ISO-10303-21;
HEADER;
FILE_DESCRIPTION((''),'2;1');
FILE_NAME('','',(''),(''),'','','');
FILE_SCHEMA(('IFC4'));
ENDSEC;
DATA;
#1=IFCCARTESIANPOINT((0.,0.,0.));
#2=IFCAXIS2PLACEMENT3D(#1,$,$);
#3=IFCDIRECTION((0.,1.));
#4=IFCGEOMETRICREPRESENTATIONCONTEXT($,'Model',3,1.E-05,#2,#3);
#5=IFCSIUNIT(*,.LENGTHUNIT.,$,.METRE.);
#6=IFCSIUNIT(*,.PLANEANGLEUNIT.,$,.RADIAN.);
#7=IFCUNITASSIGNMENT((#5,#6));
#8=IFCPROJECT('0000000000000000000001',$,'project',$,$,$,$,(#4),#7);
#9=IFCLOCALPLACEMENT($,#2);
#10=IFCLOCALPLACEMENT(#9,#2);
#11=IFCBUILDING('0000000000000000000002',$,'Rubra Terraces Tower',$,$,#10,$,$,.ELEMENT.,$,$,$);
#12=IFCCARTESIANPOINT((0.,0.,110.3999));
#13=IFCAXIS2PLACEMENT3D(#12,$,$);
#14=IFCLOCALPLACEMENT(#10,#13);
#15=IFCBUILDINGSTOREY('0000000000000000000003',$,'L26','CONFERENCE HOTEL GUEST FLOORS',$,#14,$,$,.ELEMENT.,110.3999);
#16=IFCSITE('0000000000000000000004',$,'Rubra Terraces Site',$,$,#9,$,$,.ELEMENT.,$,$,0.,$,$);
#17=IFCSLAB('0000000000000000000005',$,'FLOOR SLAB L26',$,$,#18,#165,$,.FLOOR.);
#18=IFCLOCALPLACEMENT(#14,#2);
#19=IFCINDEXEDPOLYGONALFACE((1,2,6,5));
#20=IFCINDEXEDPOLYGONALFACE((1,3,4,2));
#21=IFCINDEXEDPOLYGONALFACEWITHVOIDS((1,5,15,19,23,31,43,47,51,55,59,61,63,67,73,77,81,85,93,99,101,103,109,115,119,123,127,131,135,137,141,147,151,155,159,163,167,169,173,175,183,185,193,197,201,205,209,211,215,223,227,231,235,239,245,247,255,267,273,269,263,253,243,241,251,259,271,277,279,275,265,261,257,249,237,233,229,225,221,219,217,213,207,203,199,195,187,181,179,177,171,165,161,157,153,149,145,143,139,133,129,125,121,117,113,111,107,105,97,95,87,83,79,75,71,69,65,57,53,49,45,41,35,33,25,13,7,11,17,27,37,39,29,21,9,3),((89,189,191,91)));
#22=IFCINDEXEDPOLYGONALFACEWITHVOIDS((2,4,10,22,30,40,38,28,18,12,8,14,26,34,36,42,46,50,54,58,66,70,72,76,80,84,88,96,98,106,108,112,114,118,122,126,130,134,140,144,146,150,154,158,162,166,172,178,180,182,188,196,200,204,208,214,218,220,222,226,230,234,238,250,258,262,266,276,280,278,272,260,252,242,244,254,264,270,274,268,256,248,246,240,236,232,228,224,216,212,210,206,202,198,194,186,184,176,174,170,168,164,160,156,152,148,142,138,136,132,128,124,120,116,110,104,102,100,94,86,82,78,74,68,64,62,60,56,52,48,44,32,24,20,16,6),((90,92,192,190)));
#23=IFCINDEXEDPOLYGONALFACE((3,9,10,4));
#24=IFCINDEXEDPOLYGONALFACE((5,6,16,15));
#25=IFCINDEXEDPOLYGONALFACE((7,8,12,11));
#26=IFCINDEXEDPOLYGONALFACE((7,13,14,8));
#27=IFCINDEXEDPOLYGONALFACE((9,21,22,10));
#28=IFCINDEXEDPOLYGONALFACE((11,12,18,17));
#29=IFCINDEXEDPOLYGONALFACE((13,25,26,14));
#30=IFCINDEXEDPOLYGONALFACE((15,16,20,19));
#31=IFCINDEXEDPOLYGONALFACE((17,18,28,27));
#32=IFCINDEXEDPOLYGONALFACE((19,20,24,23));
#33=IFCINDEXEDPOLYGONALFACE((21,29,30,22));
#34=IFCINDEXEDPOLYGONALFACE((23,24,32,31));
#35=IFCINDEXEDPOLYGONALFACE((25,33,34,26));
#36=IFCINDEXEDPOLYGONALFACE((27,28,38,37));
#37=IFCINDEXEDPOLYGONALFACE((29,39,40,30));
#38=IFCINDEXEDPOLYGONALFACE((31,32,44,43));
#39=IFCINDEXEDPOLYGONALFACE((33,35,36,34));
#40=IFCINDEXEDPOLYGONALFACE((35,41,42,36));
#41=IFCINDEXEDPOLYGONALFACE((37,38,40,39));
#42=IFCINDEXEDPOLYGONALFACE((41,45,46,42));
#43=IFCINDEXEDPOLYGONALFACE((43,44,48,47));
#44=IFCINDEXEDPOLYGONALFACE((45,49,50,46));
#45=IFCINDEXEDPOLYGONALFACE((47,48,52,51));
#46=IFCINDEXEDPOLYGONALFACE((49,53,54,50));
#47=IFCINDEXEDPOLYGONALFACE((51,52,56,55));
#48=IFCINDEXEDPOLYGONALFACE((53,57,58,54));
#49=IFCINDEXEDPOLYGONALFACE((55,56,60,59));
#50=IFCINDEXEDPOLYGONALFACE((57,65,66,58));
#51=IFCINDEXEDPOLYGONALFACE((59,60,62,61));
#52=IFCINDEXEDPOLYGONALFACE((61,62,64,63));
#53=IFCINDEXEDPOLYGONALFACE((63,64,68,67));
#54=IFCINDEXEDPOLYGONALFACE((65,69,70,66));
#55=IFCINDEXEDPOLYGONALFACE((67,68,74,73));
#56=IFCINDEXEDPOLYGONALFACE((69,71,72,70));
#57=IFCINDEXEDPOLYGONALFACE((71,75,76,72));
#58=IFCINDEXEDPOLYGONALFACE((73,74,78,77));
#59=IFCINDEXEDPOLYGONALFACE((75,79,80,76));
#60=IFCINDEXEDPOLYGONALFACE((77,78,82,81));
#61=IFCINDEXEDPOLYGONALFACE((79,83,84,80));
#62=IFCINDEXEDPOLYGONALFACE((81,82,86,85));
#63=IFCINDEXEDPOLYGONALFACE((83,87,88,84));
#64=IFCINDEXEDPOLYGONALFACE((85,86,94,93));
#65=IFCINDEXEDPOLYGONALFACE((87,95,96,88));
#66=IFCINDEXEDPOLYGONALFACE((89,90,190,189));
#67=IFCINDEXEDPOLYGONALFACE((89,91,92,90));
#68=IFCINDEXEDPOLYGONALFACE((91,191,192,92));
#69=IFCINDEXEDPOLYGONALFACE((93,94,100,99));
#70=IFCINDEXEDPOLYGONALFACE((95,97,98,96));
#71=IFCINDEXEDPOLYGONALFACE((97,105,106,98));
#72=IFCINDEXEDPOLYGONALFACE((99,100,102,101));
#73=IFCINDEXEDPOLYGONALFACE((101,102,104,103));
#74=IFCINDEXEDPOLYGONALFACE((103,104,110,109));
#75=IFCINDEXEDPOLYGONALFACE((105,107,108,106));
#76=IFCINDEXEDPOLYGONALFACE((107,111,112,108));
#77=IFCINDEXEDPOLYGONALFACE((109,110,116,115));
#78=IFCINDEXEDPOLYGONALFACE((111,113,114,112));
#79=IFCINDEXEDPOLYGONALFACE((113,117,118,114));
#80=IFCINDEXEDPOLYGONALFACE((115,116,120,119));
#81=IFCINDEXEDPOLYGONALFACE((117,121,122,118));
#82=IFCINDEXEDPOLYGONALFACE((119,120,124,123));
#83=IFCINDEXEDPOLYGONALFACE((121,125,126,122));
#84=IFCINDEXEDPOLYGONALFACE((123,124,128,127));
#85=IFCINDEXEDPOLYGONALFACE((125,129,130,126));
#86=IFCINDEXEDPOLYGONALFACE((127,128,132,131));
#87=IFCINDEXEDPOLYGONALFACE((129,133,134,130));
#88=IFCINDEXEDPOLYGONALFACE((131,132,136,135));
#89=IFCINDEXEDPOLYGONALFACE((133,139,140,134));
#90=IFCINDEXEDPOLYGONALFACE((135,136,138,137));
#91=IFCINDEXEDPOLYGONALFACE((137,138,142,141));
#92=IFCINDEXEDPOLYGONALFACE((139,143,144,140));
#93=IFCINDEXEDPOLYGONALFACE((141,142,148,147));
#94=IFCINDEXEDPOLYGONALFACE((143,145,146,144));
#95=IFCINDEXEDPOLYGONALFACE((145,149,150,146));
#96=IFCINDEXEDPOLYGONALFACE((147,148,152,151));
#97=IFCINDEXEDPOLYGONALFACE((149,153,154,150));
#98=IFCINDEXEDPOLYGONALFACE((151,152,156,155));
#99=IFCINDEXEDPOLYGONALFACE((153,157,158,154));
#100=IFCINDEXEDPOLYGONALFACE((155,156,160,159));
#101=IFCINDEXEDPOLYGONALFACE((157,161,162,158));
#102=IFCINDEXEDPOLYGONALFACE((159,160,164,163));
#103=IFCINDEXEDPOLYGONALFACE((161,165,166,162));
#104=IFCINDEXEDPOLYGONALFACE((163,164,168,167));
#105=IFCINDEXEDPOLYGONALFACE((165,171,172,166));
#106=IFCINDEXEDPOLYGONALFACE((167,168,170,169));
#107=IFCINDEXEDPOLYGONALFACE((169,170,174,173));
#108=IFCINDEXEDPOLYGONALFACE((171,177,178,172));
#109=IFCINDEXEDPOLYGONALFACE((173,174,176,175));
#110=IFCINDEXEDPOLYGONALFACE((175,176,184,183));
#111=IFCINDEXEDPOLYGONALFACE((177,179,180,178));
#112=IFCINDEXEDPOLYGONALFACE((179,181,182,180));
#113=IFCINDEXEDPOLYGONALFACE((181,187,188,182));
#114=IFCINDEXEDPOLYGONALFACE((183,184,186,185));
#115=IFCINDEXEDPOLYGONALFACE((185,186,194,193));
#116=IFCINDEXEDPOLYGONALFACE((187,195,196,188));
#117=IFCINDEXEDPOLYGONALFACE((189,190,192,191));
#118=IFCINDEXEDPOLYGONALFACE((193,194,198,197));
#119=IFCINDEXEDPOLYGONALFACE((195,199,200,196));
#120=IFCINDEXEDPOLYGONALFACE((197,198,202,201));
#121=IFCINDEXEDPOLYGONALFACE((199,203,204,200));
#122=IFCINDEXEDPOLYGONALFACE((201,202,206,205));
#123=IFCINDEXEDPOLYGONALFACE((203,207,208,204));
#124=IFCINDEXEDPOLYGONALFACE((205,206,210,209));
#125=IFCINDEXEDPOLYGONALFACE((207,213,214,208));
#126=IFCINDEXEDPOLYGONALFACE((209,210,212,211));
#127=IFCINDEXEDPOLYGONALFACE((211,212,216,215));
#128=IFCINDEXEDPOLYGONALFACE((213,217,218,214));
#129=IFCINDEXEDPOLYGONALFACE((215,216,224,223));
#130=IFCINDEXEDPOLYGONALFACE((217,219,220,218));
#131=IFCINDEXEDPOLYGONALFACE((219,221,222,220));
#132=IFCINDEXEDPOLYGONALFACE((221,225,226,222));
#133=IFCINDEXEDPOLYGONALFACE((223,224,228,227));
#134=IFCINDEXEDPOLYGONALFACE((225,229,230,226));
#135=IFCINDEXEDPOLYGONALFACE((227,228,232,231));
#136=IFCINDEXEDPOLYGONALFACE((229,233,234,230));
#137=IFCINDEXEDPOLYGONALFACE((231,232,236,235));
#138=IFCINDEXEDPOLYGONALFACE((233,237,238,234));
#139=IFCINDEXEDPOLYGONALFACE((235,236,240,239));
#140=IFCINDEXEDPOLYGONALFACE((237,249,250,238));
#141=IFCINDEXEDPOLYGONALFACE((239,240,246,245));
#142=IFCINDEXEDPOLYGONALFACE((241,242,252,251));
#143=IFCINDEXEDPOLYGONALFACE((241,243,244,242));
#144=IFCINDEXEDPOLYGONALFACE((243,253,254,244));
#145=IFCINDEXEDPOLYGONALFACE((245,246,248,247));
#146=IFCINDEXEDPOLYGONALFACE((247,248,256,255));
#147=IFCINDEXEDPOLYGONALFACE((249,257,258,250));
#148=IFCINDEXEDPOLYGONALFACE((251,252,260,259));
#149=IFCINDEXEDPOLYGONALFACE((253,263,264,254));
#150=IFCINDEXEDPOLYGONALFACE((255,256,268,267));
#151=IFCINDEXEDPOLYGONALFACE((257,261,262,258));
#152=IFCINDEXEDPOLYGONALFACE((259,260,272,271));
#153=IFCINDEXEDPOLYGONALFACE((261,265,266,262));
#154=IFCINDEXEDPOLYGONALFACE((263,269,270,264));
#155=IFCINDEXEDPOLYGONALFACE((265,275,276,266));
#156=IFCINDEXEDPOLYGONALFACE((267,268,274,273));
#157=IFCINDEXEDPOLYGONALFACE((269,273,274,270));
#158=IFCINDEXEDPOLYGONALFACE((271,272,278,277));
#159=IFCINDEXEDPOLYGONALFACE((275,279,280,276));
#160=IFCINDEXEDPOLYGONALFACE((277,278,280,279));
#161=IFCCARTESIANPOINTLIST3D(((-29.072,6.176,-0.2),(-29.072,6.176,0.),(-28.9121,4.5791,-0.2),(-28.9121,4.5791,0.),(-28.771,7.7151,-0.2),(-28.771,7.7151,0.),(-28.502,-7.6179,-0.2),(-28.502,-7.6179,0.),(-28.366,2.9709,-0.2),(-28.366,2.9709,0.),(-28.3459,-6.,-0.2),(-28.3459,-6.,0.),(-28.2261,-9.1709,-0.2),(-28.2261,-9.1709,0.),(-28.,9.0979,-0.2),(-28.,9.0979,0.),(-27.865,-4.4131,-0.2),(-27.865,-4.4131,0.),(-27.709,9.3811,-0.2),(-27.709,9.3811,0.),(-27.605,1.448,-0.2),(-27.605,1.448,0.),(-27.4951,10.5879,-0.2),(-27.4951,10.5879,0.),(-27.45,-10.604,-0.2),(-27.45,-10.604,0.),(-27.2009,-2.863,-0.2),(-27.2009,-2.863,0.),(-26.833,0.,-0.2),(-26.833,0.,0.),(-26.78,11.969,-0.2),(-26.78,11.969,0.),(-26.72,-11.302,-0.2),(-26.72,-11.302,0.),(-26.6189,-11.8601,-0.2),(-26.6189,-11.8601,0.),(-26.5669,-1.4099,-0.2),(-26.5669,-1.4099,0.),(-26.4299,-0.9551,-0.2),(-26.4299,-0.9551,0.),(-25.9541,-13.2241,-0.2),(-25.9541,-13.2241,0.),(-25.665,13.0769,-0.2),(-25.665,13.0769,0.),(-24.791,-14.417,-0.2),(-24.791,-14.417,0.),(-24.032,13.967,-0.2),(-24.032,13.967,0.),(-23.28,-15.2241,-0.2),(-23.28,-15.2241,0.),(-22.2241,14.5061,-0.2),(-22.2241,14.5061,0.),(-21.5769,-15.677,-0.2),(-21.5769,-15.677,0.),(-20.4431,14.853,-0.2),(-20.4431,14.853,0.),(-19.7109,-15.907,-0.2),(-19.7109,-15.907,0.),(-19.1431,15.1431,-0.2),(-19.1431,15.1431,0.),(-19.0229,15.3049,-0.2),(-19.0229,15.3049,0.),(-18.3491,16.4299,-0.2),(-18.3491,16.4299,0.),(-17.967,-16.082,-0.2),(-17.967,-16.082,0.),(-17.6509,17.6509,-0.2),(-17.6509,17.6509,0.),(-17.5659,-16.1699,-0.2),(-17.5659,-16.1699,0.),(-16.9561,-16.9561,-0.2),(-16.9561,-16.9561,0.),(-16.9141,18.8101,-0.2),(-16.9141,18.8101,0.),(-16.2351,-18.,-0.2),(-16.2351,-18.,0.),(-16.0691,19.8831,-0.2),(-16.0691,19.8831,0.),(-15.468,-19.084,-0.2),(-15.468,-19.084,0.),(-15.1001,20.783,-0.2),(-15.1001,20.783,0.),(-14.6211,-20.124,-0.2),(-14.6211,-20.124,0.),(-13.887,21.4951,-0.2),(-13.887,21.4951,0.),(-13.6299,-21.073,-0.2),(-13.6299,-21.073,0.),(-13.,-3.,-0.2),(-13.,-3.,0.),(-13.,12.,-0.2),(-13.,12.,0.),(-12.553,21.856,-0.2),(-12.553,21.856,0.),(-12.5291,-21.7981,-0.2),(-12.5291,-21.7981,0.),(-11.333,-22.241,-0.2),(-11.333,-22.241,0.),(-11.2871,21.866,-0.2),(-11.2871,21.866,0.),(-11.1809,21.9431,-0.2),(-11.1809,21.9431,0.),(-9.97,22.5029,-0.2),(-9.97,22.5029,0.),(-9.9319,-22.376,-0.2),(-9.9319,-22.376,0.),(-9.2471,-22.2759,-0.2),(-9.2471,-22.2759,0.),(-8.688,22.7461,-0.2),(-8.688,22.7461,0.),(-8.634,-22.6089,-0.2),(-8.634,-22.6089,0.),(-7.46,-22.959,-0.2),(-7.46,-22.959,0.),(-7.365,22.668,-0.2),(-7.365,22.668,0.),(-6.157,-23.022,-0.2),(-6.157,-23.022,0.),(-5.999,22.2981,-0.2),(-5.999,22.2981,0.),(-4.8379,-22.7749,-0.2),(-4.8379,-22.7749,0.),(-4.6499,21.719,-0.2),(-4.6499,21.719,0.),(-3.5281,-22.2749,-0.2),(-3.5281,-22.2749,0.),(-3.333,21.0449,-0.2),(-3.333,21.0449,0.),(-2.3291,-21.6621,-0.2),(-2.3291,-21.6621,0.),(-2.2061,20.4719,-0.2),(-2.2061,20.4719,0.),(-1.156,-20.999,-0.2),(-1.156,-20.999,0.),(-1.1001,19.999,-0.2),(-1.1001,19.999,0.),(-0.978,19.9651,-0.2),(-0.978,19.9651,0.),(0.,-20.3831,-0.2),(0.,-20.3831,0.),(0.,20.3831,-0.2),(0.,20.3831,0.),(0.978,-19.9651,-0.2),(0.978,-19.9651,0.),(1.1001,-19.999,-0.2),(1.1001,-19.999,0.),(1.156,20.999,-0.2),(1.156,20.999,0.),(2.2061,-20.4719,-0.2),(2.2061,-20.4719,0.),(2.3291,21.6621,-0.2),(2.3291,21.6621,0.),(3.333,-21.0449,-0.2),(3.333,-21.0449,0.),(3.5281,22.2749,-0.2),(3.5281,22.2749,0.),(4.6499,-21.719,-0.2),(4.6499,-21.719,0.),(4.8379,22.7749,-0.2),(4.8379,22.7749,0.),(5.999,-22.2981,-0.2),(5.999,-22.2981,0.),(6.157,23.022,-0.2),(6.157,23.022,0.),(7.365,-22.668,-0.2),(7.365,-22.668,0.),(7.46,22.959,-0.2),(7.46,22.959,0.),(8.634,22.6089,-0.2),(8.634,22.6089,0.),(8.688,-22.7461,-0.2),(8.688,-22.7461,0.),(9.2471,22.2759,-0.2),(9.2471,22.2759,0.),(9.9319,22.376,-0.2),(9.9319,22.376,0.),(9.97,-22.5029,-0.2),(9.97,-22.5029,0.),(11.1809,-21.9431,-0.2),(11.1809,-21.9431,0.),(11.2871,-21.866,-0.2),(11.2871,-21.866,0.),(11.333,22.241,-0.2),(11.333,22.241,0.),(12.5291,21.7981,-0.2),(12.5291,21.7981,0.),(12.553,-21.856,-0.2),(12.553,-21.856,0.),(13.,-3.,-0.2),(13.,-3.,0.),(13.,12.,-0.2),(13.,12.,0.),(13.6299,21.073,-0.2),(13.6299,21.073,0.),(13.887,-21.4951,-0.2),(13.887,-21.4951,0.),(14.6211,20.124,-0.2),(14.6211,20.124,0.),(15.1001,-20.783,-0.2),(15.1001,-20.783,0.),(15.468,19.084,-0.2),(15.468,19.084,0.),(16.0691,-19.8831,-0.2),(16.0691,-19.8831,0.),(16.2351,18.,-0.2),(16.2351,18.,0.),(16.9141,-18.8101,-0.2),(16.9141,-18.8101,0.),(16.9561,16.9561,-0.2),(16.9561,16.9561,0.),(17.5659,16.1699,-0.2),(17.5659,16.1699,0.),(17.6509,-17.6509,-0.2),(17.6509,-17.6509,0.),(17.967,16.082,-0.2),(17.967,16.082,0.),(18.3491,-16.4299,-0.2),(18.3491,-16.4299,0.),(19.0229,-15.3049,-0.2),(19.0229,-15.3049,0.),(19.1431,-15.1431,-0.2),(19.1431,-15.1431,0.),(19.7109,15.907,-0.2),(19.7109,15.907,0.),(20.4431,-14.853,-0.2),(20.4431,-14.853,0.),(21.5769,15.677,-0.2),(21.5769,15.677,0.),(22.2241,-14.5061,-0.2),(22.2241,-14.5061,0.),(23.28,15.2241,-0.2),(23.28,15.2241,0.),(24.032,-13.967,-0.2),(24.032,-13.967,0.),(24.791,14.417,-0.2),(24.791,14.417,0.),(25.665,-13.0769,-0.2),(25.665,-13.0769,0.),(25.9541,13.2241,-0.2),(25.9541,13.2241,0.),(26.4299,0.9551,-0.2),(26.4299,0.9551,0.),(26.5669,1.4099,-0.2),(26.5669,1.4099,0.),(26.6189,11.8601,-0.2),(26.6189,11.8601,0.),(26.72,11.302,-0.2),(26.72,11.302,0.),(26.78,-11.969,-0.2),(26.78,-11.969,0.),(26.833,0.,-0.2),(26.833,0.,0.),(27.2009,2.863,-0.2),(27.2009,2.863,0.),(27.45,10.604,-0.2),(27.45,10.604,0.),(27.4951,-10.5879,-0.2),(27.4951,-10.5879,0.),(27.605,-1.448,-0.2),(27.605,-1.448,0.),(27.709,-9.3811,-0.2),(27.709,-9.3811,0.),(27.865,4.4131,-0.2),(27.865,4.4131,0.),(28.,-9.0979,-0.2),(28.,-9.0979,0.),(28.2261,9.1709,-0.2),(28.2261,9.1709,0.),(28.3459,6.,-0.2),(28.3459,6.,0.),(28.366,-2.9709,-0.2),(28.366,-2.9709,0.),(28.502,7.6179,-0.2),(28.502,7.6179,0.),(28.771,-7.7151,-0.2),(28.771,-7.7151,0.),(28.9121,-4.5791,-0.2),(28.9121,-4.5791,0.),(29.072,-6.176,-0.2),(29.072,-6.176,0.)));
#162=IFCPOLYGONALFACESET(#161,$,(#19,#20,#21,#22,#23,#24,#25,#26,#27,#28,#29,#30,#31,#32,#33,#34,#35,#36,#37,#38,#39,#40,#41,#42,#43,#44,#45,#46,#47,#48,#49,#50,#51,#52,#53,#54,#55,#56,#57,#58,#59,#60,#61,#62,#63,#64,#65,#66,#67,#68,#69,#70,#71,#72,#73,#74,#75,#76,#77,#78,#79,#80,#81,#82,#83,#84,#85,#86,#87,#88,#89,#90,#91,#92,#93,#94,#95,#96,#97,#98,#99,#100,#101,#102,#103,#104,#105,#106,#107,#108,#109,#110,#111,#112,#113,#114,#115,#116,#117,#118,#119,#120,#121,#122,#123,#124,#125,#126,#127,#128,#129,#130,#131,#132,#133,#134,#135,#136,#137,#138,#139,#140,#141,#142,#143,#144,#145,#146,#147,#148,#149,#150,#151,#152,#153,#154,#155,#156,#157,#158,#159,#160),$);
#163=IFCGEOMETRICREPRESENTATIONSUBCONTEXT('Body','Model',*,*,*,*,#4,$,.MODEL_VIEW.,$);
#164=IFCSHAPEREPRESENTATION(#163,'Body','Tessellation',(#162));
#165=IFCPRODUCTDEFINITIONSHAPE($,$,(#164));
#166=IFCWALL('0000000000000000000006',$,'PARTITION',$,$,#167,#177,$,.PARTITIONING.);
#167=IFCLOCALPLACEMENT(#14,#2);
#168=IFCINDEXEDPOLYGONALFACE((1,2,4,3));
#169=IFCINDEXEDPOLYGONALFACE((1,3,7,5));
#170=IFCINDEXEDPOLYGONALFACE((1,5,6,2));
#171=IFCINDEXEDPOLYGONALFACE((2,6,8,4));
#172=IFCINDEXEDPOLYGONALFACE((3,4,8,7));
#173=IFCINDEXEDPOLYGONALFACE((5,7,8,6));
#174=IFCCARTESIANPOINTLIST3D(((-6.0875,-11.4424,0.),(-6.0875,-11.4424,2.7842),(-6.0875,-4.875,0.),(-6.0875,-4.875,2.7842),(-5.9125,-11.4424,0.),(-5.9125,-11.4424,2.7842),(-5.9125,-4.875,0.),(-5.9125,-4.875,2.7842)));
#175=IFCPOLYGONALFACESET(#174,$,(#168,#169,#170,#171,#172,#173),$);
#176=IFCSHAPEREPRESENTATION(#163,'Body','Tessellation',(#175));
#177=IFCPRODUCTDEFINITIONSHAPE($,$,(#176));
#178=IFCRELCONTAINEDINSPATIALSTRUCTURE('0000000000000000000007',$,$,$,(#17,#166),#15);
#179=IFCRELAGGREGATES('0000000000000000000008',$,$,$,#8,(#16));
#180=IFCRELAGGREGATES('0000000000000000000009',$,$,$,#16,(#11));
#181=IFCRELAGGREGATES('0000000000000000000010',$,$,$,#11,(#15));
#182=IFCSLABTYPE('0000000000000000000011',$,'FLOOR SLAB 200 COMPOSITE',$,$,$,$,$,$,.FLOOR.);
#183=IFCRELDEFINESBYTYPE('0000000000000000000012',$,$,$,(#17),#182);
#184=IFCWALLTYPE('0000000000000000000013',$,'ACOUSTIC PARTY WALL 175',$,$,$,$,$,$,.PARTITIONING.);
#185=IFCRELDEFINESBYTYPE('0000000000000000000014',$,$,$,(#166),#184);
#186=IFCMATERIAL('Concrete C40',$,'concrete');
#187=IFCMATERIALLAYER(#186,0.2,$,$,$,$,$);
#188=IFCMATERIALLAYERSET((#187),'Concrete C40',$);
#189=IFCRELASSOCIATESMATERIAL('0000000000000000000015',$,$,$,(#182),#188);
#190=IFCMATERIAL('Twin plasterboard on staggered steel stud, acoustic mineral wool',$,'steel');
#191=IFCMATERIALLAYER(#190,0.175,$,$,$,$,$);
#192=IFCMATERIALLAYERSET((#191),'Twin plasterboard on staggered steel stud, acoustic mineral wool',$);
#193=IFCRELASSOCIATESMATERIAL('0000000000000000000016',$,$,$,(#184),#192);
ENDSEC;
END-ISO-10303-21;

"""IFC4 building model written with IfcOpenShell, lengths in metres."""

from ifc_helpers import new_model, si_unit, direction, frame, frame_2d, origin, place, context, subcontext, project, spatial, polyline, rectangle, outline, extrude, material, layer, layer_set, type_object, element, save


model = new_model("IFC4")

# Units and contexts
model_context = context("Model", 3, precision=1e-05, world=origin(), true_north=direction((0.0, 1.0)))
body_context = subcontext(model_context, "Body", "Model", "MODEL_VIEW")
ifc_project = project(units=[si_unit("LENGTHUNIT", "METRE"), si_unit("PLANEANGLEUNIT", "RADIAN")], contexts=[model_context])

# Site, building, storey
site_placement = place(None, origin())
site = spatial("IfcSite", under=ifc_project, at=site_placement, Name="Rubra Terraces Site", CompositionType="ELEMENT", RefElevation=0.0)
building_placement = place(site_placement, origin())
building = spatial("IfcBuilding", under=site, at=building_placement, Name="Rubra Terraces Tower", CompositionType="ELEMENT")
storey_placement = place(building_placement, frame((0.0, 0.0, 110.3999)))
storey = spatial("IfcBuildingStorey", under=building, at=storey_placement, Name="L26", Description="CONFERENCE HOTEL GUEST FLOORS", CompositionType="ELEMENT", Elevation=110.3999)

# Shared definitions
ifc_material_1 = material(Name="Concrete C40", Category="concrete")

# Slab
ifc_layer_1 = layer(ifc_material_1, 0.2)
ifc_layer_set_1 = layer_set([ifc_layer_1], Name="Concrete C40")
slab_type_1 = type_object("IfcSlabType", Name="FLOOR SLAB 200 COMPOSITE", PredefinedType="FLOOR", material=ifc_layer_set_1)
slab_1_placement = place(storey_placement, frame((0.0, 0.0, -0.2)))
element("IfcSlab", 1, at=slab_1_placement, inside=storey, type_object=slab_type_1, Name="FLOOR SLAB L26", PredefinedType="FLOOR", context=body_context, shape_type="SweptSolid", body=[
    extrude(outline(polyline([(-3.5281, -22.2749), (-2.3291, -21.6621), (-1.156, -20.999), (0.0, -20.3831), (0.978, -19.9651), (1.1001, -19.999), (2.2061, -20.4719), (3.333, -21.0449), (4.6499, -21.719), (5.999, -22.2981), (7.365, -22.668), (8.688, -22.7461), (9.97, -22.5029), (11.1809, -21.9431), (11.2871, -21.866), (12.553, -21.856), (13.887, -21.4951), (15.1001, -20.783), (16.0691, -19.8831), (16.9141, -18.8101), (17.6509, -17.6509), (18.3491, -16.4299), (19.0229, -15.3049), (19.1431, -15.1431), (20.4431, -14.853), (22.2241, -14.5061), (24.032, -13.967), (25.665, -13.0769), (26.78, -11.969), (27.4951, -10.5879), (27.709, -9.3811), (28.0, -9.0979), (28.771, -7.7151), (29.072, -6.176), (28.9121, -4.5791), (28.366, -2.9709), (27.605, -1.448), (26.833, 0.0), (26.4299, 0.9551), (26.5669, 1.4099), (27.2009, 2.863), (27.865, 4.4131), (28.3459, 6.0), (28.502, 7.6179), (28.2261, 9.1709), (27.45, 10.604), (26.72, 11.302), (26.6189, 11.8601), (25.9541, 13.2241), (24.791, 14.417), (23.28, 15.2241), (21.5769, 15.677), (19.7109, 15.907), (17.967, 16.082), (17.5659, 16.1699), (16.9561, 16.9561), (16.2351, 18.0), (15.468, 19.084), (14.6211, 20.124), (13.6299, 21.073), (12.5291, 21.7981), (11.333, 22.241), (9.9319, 22.376), (8.489, 22.165), (9.2471, 22.2759), (8.634, 22.6089), (7.46, 22.959), (6.157, 23.022), (4.8379, 22.7749), (3.5281, 22.2749), (2.3291, 21.6621), (1.156, 20.999), (0.0, 20.3831), (-0.978, 19.9651), (-1.1001, 19.999), (-2.2061, 20.4719), (-3.333, 21.0449), (-4.6499, 21.719), (-5.999, 22.2981), (-7.365, 22.668), (-8.688, 22.7461), (-9.97, 22.5029), (-11.1809, 21.9431), (-11.2871, 21.866), (-12.553, 21.856), (-13.887, 21.4951), (-15.1001, 20.783), (-16.0691, 19.8831), (-16.9141, 18.8101), (-17.6509, 17.6509), (-18.3491, 16.4299), (-19.0229, 15.3049), (-19.1431, 15.1431), (-20.4431, 14.853), (-22.2241, 14.5061), (-24.032, 13.967), (-25.665, 13.0769), (-26.78, 11.969), (-27.4951, 10.5879), (-27.709, 9.3811), (-28.0, 9.0979), (-28.771, 7.7151), (-29.072, 6.176), (-28.9121, 4.5791), (-28.366, 2.9709), (-27.605, 1.448), (-26.833, 0.0), (-26.4299, -0.9551), (-26.5669, -1.4099), (-27.2009, -2.863), (-27.865, -4.4131), (-28.3459, -6.0), (-28.502, -7.6179), (-28.2261, -9.1709), (-27.45, -10.604), (-26.72, -11.302), (-26.6189, -11.8601), (-25.9541, -13.2241), (-24.791, -14.417), (-23.28, -15.2241), (-21.5769, -15.677), (-19.7109, -15.907), (-17.967, -16.082), (-17.5659, -16.1699), (-16.9561, -16.9561), (-16.2351, -18.0), (-15.468, -19.084), (-14.6211, -20.124), (-13.6299, -21.073), (-12.5291, -21.7981), (-11.333, -22.241), (-9.9319, -22.376), (-8.489, -22.165), (-9.2471, -22.2759), (-8.634, -22.6089), (-7.46, -22.959), (-6.157, -23.022), (-4.8379, -22.7749), (-3.5281, -22.2749)]), holes=[polyline([(13.0, 12.0), (13.0, -3.0), (-13.0, -3.0), (-13.0, 12.0), (13.0, 12.0)])]), origin(), (0.0, 0.0, 1.0), 0.2),
])

# Wall
ifc_material_2 = material(Name="Twin plasterboard on staggered steel stud, acoustic mineral wool", Category="steel")
ifc_layer_2 = layer(ifc_material_2, 0.175)
ifc_layer_set_2 = layer_set([ifc_layer_2], Name="Twin plasterboard on staggered steel stud, acoustic mineral wool")
wall_type_1 = type_object("IfcWallType", Name="ACOUSTIC PARTY WALL 175", PredefinedType="PARTITIONING", material=ifc_layer_set_2)
wall_1_placement = place(storey_placement, frame((-6.0, -11.4424, 0.0), z_axis=(0.0, 0.0, 1.0), x_axis=(0.0, 1.0, 0.0)))
element("IfcWall", 2, at=wall_1_placement, inside=storey, type_object=wall_type_1, Name="PARTITION", PredefinedType="PARTITIONING", context=body_context, shape_type="SweptSolid", body=[
    extrude(rectangle(XDim=6.5674, YDim=0.175, at=frame_2d((3.2837, 0.0))), origin(), (0.0, 0.0, 1.0), 2.7842),
])

save(model, "model.ifc")
